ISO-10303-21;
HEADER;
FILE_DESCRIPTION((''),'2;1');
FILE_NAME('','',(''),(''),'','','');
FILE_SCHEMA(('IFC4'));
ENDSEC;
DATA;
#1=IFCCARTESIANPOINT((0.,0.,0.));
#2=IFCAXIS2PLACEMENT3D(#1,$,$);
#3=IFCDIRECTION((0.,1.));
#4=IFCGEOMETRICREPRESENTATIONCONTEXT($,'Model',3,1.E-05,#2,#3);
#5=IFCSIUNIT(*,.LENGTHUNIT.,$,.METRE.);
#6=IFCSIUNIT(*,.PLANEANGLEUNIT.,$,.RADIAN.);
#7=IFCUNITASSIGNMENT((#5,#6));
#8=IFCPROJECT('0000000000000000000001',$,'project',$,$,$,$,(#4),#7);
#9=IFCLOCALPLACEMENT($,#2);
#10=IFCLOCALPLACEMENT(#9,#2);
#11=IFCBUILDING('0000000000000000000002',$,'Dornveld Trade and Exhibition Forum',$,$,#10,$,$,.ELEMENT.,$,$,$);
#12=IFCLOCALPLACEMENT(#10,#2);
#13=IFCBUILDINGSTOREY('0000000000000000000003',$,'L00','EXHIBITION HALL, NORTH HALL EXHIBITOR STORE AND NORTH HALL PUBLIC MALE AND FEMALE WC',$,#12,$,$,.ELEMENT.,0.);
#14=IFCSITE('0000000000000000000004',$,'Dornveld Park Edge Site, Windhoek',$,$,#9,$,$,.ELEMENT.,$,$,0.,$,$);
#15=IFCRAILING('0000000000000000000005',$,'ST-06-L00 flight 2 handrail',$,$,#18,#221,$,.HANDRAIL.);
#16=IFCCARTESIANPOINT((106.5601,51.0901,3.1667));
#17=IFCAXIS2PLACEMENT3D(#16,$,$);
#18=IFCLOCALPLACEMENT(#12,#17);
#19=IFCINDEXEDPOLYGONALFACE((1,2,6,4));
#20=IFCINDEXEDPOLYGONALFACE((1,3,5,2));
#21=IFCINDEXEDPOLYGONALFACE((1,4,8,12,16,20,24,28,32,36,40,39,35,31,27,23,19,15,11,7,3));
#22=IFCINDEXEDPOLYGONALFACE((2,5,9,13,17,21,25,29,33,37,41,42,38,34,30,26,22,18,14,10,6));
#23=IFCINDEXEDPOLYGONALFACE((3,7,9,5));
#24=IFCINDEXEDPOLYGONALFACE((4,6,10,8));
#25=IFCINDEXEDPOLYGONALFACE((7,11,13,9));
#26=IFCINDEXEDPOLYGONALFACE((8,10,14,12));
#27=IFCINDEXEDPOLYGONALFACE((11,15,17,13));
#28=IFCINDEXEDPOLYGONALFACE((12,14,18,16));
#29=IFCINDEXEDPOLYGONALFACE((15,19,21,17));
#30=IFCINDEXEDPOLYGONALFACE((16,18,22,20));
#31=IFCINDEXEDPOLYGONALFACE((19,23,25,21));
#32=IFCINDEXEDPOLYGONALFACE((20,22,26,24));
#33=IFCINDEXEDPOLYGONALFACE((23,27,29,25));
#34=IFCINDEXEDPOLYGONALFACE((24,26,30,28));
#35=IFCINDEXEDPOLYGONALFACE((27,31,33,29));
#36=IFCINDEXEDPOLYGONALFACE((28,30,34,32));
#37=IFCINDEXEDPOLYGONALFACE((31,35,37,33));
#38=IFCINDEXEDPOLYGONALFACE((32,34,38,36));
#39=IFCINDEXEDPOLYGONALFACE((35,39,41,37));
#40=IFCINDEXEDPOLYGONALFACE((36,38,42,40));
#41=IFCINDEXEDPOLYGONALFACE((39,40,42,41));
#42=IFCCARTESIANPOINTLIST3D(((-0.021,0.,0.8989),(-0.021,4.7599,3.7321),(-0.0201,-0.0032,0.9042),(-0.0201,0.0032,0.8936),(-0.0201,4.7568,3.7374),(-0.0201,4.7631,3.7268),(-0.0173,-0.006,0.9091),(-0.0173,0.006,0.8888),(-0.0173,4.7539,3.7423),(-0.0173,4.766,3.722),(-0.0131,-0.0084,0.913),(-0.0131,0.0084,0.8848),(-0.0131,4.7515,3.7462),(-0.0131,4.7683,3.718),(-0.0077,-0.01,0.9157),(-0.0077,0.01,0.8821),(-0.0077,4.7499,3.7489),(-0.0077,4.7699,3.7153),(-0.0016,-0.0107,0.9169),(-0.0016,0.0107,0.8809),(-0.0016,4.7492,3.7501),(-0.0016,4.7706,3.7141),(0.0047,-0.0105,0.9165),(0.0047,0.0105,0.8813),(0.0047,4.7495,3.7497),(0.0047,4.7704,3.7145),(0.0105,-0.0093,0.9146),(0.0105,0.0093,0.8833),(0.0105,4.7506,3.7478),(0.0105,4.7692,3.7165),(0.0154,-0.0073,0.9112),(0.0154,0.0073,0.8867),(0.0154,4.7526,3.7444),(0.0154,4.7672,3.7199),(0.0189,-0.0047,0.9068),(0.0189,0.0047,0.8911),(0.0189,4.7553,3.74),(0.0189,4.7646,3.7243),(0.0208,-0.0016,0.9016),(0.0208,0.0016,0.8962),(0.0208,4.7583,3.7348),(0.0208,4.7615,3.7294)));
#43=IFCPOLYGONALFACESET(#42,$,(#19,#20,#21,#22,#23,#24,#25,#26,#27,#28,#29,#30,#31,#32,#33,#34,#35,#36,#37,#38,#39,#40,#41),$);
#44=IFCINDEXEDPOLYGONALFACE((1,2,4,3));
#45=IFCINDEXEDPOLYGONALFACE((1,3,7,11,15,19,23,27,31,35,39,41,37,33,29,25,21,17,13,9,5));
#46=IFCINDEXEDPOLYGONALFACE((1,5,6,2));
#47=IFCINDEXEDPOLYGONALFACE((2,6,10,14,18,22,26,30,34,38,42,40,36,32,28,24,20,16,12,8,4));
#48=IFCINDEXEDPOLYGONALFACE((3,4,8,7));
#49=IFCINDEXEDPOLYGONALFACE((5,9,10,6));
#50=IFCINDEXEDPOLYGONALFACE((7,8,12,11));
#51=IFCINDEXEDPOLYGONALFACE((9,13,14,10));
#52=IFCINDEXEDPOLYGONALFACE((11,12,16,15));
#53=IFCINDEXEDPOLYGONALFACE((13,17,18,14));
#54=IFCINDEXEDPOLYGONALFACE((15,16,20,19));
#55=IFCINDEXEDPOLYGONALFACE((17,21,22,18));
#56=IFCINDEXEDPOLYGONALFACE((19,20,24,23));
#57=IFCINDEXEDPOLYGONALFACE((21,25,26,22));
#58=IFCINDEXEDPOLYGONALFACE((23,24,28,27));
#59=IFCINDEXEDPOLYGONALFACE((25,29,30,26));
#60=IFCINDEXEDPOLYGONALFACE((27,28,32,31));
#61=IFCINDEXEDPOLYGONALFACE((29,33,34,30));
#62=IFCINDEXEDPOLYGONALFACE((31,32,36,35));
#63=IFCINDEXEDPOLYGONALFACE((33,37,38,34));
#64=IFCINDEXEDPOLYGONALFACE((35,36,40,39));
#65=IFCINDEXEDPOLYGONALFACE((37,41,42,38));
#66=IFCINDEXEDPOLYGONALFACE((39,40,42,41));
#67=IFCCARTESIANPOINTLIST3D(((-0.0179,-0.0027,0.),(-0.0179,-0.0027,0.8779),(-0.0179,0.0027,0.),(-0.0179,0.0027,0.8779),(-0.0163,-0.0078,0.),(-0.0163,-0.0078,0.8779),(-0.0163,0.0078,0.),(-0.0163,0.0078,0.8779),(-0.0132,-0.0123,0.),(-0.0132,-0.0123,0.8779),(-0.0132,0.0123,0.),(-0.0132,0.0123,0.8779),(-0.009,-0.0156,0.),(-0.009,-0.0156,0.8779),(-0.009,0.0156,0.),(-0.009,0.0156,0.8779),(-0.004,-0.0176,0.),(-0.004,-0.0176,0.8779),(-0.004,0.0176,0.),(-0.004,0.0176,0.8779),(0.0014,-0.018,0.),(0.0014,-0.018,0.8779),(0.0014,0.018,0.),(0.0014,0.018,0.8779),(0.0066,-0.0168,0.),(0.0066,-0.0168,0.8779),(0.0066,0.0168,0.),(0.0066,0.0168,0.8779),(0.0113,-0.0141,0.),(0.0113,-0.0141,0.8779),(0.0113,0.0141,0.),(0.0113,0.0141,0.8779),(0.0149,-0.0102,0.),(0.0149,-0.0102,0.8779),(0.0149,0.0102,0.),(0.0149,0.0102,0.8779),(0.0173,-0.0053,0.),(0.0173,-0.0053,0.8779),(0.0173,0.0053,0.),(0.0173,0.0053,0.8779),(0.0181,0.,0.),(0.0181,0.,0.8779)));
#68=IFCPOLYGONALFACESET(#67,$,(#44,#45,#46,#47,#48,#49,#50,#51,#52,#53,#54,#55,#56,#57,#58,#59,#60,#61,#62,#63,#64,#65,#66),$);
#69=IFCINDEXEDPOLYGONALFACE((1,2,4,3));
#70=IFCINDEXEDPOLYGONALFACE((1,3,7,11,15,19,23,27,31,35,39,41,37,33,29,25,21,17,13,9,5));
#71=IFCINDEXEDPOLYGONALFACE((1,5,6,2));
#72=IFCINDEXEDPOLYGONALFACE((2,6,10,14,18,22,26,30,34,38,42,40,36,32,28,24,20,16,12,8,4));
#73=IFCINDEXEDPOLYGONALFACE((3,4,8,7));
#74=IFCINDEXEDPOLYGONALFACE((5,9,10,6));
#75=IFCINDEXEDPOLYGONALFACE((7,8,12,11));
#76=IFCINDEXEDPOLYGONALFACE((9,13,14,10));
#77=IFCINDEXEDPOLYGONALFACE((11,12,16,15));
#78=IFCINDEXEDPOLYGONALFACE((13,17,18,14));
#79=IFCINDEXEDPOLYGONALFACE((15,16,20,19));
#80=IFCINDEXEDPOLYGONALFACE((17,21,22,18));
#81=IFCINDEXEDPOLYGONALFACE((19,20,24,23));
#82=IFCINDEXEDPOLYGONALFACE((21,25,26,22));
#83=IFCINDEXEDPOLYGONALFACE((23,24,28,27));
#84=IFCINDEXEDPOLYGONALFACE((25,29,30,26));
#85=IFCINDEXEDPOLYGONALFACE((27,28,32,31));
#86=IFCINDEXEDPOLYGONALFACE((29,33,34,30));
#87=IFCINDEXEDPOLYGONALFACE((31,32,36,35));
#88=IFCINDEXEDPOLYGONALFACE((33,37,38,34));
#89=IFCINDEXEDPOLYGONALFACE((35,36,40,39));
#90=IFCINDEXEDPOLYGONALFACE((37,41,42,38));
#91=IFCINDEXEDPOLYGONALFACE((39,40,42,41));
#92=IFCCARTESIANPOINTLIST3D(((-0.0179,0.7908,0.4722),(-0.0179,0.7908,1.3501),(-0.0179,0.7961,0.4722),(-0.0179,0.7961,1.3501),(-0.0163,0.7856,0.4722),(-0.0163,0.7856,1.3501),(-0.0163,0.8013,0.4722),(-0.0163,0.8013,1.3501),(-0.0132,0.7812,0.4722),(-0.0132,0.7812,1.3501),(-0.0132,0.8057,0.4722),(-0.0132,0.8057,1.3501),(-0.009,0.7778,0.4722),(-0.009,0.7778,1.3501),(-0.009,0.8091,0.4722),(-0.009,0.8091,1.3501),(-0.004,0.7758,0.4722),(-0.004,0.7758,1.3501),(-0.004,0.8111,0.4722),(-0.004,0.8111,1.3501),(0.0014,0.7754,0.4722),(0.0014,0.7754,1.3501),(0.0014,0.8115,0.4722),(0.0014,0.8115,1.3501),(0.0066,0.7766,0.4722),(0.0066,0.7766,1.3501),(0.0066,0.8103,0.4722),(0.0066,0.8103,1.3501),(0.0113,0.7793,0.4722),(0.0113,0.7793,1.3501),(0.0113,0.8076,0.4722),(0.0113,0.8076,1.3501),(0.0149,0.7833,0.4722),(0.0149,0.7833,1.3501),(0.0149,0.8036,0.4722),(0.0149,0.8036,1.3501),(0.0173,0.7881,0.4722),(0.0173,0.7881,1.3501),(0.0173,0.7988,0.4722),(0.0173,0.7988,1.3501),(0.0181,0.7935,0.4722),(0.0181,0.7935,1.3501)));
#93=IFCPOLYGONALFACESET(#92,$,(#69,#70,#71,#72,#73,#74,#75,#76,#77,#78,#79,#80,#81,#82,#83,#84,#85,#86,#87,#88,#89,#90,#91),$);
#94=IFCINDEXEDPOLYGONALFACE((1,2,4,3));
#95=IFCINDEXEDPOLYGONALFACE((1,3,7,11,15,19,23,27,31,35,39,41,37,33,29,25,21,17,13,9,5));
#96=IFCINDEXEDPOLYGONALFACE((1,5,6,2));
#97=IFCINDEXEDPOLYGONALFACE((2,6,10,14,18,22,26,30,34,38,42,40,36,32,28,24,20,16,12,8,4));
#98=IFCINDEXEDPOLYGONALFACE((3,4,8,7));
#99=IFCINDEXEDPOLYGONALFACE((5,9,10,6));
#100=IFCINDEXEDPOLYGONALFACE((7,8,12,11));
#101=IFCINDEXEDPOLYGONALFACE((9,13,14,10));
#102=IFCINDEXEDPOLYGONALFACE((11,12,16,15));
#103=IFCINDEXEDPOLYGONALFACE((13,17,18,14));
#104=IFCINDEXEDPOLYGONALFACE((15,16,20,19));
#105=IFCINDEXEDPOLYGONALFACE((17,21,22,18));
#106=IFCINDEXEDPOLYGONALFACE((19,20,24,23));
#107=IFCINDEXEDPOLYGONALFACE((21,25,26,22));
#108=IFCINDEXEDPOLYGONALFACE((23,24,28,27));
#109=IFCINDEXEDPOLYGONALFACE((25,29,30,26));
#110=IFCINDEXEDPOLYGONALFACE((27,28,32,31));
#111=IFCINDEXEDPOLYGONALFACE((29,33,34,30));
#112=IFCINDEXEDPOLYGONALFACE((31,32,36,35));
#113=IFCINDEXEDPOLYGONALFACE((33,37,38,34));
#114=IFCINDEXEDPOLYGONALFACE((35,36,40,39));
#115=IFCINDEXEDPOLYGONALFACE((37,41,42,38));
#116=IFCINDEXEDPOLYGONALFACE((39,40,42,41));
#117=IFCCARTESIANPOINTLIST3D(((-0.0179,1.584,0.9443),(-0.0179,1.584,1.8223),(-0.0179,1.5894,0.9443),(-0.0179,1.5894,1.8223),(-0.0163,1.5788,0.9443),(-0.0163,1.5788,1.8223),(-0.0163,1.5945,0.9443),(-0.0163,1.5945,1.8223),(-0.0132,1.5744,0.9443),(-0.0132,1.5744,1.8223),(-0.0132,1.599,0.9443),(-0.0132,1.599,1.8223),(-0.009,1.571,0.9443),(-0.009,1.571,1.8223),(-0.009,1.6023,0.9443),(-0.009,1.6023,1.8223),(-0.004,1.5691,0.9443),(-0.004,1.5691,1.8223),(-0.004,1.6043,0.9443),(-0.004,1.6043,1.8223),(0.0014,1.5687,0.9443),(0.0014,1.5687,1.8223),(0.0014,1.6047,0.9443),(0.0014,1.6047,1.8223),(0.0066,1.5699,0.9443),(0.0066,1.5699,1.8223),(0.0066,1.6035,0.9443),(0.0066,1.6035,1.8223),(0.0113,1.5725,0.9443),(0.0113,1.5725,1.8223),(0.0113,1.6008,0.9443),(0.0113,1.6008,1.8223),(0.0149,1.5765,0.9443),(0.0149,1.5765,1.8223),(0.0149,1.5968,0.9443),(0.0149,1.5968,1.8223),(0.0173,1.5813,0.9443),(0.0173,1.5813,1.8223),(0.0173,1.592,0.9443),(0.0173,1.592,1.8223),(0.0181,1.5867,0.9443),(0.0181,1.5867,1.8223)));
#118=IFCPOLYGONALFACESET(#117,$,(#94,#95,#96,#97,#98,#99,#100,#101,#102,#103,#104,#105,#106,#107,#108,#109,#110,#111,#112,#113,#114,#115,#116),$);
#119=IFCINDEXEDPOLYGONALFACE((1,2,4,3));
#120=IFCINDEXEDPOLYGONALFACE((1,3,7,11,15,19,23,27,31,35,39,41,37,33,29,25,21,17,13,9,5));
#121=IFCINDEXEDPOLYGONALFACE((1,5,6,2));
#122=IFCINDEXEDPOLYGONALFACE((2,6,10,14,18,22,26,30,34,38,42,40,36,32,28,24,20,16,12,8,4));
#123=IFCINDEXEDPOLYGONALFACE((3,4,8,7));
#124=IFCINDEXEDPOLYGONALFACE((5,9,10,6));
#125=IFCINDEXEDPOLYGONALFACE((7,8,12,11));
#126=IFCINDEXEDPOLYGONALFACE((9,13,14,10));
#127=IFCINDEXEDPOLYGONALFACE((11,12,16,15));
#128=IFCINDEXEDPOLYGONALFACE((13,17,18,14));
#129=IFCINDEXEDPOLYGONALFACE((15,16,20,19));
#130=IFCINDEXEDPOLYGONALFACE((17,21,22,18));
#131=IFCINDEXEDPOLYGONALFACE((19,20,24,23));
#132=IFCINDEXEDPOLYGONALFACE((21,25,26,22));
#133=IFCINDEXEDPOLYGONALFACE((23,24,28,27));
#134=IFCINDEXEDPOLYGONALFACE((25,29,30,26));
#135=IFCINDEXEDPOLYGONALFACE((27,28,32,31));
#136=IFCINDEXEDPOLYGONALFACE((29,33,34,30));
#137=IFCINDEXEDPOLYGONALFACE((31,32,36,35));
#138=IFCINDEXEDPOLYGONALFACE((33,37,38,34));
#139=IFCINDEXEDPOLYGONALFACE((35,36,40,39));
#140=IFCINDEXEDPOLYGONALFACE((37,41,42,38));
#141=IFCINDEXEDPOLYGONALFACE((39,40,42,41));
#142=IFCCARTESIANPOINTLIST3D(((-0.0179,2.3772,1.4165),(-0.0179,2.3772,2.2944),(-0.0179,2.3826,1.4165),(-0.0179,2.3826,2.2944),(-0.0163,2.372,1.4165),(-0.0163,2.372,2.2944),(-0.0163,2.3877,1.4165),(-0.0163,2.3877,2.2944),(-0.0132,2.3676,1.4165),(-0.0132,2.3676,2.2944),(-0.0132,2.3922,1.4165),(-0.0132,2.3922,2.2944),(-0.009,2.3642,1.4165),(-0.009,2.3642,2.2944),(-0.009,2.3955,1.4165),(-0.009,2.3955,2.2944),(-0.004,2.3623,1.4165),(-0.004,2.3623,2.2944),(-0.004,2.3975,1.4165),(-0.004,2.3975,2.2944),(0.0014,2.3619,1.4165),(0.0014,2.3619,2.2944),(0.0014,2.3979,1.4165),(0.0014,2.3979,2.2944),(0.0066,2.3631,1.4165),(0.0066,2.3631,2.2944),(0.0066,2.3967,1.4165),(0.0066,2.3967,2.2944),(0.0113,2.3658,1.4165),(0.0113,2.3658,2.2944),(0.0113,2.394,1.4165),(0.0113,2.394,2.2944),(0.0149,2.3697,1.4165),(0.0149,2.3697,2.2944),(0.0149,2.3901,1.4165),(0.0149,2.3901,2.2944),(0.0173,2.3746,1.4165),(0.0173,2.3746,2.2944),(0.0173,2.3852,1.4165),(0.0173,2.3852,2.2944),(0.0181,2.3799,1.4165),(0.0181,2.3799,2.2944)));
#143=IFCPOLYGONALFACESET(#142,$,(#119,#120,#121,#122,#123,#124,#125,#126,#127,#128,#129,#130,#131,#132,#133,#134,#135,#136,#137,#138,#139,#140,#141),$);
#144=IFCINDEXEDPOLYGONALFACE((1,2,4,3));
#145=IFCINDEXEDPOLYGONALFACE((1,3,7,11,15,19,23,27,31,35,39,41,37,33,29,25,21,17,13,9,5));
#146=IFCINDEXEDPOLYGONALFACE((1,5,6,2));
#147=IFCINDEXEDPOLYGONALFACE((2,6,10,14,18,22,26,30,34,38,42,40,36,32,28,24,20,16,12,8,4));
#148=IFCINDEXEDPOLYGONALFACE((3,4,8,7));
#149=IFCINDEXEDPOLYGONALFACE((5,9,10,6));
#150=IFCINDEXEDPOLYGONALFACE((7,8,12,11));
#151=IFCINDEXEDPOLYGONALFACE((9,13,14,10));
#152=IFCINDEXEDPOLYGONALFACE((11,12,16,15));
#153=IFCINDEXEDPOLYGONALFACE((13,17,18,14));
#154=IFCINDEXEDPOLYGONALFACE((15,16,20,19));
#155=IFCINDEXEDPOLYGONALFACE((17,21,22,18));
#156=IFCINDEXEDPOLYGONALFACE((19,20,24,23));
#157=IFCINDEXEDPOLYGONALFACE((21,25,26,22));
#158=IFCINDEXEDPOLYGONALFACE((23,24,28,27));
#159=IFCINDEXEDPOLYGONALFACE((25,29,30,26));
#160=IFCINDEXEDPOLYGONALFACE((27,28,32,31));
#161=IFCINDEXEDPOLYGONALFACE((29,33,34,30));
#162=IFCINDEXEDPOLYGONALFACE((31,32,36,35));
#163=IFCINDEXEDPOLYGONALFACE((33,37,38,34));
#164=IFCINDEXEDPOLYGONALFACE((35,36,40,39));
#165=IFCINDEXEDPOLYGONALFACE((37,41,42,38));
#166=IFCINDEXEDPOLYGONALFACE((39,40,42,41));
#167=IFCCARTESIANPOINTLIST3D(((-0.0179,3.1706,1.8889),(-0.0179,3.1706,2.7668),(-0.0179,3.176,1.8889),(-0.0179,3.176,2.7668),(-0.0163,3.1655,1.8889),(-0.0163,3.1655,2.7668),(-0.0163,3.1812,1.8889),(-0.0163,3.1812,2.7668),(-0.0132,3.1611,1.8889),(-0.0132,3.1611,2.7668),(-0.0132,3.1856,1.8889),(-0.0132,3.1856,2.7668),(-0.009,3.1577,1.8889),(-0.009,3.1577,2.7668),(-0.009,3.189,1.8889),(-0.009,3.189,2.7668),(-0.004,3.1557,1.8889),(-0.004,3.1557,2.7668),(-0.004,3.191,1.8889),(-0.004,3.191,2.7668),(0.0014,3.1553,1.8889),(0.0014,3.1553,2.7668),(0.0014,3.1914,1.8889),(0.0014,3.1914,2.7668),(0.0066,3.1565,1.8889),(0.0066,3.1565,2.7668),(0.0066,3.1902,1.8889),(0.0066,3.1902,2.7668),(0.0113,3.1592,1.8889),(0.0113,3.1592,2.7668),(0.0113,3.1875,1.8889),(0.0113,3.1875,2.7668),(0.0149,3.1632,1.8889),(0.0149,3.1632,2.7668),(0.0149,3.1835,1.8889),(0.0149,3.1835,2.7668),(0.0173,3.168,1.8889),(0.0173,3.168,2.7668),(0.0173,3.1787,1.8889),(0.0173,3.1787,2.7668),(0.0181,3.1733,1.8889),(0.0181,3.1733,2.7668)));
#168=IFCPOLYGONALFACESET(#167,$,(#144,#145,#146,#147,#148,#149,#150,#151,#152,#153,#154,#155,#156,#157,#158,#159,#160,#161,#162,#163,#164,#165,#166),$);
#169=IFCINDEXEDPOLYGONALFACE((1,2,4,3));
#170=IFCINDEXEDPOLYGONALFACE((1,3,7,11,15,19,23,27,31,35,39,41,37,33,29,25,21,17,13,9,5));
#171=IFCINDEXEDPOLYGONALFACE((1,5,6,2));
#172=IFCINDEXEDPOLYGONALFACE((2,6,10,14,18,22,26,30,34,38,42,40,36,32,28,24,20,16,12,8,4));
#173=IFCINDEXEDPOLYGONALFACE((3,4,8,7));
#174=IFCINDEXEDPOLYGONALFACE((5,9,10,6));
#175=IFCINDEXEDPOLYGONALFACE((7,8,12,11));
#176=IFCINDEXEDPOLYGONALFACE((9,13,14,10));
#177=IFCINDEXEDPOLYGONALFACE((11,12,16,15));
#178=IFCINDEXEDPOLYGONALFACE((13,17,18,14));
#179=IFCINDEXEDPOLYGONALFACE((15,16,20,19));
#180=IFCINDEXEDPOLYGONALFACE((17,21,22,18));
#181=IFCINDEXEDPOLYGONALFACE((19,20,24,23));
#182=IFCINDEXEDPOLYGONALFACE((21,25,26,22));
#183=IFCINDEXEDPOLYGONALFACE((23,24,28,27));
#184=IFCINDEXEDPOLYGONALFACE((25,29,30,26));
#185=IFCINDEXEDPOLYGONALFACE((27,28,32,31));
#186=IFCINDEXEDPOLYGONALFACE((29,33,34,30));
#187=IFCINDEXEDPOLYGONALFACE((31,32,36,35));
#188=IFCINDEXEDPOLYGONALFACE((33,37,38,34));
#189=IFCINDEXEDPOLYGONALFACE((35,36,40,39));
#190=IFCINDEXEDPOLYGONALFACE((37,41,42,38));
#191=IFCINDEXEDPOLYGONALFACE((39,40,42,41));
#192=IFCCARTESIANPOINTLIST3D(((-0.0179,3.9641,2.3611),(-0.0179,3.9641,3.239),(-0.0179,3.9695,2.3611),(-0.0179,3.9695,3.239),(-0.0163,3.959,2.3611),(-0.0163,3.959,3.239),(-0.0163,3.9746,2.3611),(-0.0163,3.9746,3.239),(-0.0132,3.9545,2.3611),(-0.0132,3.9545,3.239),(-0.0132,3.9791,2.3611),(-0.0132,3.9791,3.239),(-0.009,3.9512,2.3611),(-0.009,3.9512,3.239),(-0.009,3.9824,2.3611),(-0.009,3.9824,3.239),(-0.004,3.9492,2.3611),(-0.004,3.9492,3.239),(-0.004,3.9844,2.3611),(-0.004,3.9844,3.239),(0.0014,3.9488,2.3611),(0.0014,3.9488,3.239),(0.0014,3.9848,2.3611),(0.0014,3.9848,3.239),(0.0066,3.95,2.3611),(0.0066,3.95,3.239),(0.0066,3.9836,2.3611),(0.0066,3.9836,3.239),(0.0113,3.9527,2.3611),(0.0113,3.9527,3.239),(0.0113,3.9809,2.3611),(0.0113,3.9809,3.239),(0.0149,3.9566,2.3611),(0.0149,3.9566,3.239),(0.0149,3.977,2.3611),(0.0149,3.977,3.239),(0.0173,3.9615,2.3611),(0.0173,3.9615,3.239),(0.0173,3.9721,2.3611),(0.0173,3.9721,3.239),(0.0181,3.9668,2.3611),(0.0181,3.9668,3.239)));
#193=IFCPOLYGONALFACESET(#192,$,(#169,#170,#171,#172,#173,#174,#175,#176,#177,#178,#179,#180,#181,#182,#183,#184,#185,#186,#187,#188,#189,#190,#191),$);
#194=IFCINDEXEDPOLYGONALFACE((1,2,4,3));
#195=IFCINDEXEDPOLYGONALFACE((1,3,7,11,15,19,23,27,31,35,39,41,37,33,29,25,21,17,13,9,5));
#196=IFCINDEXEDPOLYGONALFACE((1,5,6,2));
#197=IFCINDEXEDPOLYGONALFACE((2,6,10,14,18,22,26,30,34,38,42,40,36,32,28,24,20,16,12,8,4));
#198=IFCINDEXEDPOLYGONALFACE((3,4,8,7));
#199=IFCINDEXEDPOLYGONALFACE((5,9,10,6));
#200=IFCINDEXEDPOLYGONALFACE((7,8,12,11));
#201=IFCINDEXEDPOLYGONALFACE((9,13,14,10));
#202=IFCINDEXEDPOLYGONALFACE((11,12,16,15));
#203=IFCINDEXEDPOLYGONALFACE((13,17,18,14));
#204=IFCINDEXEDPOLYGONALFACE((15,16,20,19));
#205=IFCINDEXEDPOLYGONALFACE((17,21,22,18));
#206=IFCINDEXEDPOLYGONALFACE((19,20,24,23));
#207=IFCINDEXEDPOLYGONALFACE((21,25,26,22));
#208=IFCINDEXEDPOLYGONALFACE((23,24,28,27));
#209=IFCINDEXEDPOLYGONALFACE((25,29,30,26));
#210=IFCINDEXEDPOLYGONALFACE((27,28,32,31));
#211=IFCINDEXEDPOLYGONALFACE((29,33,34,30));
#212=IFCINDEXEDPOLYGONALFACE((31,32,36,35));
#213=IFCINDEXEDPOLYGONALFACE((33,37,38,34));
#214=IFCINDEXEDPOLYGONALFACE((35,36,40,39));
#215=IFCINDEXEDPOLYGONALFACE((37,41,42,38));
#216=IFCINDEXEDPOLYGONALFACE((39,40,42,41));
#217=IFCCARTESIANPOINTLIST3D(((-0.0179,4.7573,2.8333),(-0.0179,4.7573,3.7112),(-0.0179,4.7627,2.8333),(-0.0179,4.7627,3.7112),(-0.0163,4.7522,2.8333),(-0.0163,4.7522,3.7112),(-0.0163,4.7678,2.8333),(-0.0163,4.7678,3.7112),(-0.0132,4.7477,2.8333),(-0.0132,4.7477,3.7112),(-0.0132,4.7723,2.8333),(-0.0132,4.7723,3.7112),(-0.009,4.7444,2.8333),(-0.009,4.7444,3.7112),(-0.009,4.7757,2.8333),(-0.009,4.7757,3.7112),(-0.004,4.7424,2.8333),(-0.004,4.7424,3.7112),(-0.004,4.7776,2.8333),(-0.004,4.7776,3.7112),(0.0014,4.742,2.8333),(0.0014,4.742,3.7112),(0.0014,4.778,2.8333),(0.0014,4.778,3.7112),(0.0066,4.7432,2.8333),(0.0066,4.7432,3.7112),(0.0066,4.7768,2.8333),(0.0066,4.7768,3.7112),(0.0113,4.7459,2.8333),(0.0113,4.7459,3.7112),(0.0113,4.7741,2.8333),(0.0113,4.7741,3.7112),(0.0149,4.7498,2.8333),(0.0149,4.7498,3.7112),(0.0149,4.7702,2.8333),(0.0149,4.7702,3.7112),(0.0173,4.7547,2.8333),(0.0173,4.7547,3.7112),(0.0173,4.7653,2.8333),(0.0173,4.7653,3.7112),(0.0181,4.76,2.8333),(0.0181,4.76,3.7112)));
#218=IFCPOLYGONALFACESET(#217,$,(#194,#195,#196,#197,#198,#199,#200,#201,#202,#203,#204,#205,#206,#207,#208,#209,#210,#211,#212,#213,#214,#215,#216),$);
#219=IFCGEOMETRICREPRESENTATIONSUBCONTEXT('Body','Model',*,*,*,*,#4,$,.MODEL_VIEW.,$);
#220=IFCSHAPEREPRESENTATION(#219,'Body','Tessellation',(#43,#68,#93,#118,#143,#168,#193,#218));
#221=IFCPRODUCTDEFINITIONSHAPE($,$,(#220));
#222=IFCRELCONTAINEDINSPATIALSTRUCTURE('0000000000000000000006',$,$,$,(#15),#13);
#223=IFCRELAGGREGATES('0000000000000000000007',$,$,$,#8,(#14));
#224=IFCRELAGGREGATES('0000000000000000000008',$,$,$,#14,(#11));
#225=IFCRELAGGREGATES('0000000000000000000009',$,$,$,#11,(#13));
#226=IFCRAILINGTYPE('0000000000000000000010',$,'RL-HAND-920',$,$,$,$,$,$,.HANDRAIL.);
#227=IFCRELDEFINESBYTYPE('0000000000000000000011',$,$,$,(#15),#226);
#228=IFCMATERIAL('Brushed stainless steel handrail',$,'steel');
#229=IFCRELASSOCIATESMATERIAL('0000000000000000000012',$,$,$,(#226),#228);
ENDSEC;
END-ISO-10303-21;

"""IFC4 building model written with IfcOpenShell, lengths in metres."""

from ifc_helpers import new_model, si_unit, direction, frame, origin, origin_2d, place, context, subcontext, project, spatial, circle, extrude, material, type_object, element, save


model = new_model("IFC4")

# Units and contexts
model_context = context("Model", 3, precision=1e-05, world=origin(), true_north=direction((0.0, 1.0)))
body_context = subcontext(model_context, "Body", "Model", "MODEL_VIEW")
ifc_project = project(units=[si_unit("LENGTHUNIT", "METRE"), si_unit("PLANEANGLEUNIT", "RADIAN")], contexts=[model_context])

# Site, building, storey
site_placement = place(None, origin())
site = spatial("IfcSite", under=ifc_project, at=site_placement, Name="Dornveld Park Edge Site, Windhoek", CompositionType="ELEMENT", RefElevation=0.0)
building_placement = place(site_placement, origin())
building = spatial("IfcBuilding", under=site, at=building_placement, Name="Dornveld Trade and Exhibition Forum", CompositionType="ELEMENT")
storey_placement = place(building_placement, origin())
storey = spatial("IfcBuildingStorey", under=building, at=storey_placement, Name="L00", Description="EXHIBITION HALL, NORTH HALL EXHIBITOR STORE AND NORTH HALL PUBLIC MALE AND FEMALE WC", CompositionType="ELEMENT", Elevation=0.0)

# Railing
ifc_material_1 = material(Name="Brushed stainless steel handrail", Category="steel")
railing_type_1 = type_object("IfcRailingType", Name="RL-HAND-920", PredefinedType="HANDRAIL", material=ifc_material_1)
railing_1_placement = place(storey_placement, frame((106.5601, 51.0901, 3.1667)))
element("IfcRailing", 1, at=railing_1_placement, inside=storey, type_object=railing_type_1, Name="ST-06-L00 flight 2 handrail", PredefinedType="HANDRAIL", context=body_context, shape_type="SweptSolid", body=[
    extrude(circle(Radius=0.021, at=origin_2d()), frame((0.0, 0.0, 0.8989), z_axis=(0.0, 0.8593, 0.511472), x_axis=(-1.0, 0.0, 0.0)), (0.0, 0.0, 1.0), 5.5393),
    extrude(circle(Radius=0.0181, at=origin_2d()), origin(), (0.0, 0.0, 1.0), 0.8779),
    extrude(circle(Radius=0.0181, at=origin_2d()), frame((0.0, 0.7935, 0.4722)), (0.0, 0.0, 1.0), 0.8779),
    extrude(circle(Radius=0.0181, at=origin_2d()), frame((0.0, 1.5867, 0.9443)), (0.0, 0.0, 1.0), 0.8779),
    extrude(circle(Radius=0.0181, at=origin_2d()), frame((0.0, 2.3799, 1.4165)), (0.0, 0.0, 1.0), 0.8779),
    extrude(circle(Radius=0.0181, at=origin_2d()), frame((0.0, 3.1733, 1.8889)), (0.0, 0.0, 1.0), 0.8779),
    extrude(circle(Radius=0.0181, at=origin_2d()), frame((0.0, 3.9668, 2.3611)), (0.0, 0.0, 1.0), 0.8779),
    extrude(circle(Radius=0.0181, at=origin_2d()), frame((0.0, 4.76, 2.8333)), (0.0, 0.0, 1.0), 0.8779),
])

save(model, "model.ifc")
